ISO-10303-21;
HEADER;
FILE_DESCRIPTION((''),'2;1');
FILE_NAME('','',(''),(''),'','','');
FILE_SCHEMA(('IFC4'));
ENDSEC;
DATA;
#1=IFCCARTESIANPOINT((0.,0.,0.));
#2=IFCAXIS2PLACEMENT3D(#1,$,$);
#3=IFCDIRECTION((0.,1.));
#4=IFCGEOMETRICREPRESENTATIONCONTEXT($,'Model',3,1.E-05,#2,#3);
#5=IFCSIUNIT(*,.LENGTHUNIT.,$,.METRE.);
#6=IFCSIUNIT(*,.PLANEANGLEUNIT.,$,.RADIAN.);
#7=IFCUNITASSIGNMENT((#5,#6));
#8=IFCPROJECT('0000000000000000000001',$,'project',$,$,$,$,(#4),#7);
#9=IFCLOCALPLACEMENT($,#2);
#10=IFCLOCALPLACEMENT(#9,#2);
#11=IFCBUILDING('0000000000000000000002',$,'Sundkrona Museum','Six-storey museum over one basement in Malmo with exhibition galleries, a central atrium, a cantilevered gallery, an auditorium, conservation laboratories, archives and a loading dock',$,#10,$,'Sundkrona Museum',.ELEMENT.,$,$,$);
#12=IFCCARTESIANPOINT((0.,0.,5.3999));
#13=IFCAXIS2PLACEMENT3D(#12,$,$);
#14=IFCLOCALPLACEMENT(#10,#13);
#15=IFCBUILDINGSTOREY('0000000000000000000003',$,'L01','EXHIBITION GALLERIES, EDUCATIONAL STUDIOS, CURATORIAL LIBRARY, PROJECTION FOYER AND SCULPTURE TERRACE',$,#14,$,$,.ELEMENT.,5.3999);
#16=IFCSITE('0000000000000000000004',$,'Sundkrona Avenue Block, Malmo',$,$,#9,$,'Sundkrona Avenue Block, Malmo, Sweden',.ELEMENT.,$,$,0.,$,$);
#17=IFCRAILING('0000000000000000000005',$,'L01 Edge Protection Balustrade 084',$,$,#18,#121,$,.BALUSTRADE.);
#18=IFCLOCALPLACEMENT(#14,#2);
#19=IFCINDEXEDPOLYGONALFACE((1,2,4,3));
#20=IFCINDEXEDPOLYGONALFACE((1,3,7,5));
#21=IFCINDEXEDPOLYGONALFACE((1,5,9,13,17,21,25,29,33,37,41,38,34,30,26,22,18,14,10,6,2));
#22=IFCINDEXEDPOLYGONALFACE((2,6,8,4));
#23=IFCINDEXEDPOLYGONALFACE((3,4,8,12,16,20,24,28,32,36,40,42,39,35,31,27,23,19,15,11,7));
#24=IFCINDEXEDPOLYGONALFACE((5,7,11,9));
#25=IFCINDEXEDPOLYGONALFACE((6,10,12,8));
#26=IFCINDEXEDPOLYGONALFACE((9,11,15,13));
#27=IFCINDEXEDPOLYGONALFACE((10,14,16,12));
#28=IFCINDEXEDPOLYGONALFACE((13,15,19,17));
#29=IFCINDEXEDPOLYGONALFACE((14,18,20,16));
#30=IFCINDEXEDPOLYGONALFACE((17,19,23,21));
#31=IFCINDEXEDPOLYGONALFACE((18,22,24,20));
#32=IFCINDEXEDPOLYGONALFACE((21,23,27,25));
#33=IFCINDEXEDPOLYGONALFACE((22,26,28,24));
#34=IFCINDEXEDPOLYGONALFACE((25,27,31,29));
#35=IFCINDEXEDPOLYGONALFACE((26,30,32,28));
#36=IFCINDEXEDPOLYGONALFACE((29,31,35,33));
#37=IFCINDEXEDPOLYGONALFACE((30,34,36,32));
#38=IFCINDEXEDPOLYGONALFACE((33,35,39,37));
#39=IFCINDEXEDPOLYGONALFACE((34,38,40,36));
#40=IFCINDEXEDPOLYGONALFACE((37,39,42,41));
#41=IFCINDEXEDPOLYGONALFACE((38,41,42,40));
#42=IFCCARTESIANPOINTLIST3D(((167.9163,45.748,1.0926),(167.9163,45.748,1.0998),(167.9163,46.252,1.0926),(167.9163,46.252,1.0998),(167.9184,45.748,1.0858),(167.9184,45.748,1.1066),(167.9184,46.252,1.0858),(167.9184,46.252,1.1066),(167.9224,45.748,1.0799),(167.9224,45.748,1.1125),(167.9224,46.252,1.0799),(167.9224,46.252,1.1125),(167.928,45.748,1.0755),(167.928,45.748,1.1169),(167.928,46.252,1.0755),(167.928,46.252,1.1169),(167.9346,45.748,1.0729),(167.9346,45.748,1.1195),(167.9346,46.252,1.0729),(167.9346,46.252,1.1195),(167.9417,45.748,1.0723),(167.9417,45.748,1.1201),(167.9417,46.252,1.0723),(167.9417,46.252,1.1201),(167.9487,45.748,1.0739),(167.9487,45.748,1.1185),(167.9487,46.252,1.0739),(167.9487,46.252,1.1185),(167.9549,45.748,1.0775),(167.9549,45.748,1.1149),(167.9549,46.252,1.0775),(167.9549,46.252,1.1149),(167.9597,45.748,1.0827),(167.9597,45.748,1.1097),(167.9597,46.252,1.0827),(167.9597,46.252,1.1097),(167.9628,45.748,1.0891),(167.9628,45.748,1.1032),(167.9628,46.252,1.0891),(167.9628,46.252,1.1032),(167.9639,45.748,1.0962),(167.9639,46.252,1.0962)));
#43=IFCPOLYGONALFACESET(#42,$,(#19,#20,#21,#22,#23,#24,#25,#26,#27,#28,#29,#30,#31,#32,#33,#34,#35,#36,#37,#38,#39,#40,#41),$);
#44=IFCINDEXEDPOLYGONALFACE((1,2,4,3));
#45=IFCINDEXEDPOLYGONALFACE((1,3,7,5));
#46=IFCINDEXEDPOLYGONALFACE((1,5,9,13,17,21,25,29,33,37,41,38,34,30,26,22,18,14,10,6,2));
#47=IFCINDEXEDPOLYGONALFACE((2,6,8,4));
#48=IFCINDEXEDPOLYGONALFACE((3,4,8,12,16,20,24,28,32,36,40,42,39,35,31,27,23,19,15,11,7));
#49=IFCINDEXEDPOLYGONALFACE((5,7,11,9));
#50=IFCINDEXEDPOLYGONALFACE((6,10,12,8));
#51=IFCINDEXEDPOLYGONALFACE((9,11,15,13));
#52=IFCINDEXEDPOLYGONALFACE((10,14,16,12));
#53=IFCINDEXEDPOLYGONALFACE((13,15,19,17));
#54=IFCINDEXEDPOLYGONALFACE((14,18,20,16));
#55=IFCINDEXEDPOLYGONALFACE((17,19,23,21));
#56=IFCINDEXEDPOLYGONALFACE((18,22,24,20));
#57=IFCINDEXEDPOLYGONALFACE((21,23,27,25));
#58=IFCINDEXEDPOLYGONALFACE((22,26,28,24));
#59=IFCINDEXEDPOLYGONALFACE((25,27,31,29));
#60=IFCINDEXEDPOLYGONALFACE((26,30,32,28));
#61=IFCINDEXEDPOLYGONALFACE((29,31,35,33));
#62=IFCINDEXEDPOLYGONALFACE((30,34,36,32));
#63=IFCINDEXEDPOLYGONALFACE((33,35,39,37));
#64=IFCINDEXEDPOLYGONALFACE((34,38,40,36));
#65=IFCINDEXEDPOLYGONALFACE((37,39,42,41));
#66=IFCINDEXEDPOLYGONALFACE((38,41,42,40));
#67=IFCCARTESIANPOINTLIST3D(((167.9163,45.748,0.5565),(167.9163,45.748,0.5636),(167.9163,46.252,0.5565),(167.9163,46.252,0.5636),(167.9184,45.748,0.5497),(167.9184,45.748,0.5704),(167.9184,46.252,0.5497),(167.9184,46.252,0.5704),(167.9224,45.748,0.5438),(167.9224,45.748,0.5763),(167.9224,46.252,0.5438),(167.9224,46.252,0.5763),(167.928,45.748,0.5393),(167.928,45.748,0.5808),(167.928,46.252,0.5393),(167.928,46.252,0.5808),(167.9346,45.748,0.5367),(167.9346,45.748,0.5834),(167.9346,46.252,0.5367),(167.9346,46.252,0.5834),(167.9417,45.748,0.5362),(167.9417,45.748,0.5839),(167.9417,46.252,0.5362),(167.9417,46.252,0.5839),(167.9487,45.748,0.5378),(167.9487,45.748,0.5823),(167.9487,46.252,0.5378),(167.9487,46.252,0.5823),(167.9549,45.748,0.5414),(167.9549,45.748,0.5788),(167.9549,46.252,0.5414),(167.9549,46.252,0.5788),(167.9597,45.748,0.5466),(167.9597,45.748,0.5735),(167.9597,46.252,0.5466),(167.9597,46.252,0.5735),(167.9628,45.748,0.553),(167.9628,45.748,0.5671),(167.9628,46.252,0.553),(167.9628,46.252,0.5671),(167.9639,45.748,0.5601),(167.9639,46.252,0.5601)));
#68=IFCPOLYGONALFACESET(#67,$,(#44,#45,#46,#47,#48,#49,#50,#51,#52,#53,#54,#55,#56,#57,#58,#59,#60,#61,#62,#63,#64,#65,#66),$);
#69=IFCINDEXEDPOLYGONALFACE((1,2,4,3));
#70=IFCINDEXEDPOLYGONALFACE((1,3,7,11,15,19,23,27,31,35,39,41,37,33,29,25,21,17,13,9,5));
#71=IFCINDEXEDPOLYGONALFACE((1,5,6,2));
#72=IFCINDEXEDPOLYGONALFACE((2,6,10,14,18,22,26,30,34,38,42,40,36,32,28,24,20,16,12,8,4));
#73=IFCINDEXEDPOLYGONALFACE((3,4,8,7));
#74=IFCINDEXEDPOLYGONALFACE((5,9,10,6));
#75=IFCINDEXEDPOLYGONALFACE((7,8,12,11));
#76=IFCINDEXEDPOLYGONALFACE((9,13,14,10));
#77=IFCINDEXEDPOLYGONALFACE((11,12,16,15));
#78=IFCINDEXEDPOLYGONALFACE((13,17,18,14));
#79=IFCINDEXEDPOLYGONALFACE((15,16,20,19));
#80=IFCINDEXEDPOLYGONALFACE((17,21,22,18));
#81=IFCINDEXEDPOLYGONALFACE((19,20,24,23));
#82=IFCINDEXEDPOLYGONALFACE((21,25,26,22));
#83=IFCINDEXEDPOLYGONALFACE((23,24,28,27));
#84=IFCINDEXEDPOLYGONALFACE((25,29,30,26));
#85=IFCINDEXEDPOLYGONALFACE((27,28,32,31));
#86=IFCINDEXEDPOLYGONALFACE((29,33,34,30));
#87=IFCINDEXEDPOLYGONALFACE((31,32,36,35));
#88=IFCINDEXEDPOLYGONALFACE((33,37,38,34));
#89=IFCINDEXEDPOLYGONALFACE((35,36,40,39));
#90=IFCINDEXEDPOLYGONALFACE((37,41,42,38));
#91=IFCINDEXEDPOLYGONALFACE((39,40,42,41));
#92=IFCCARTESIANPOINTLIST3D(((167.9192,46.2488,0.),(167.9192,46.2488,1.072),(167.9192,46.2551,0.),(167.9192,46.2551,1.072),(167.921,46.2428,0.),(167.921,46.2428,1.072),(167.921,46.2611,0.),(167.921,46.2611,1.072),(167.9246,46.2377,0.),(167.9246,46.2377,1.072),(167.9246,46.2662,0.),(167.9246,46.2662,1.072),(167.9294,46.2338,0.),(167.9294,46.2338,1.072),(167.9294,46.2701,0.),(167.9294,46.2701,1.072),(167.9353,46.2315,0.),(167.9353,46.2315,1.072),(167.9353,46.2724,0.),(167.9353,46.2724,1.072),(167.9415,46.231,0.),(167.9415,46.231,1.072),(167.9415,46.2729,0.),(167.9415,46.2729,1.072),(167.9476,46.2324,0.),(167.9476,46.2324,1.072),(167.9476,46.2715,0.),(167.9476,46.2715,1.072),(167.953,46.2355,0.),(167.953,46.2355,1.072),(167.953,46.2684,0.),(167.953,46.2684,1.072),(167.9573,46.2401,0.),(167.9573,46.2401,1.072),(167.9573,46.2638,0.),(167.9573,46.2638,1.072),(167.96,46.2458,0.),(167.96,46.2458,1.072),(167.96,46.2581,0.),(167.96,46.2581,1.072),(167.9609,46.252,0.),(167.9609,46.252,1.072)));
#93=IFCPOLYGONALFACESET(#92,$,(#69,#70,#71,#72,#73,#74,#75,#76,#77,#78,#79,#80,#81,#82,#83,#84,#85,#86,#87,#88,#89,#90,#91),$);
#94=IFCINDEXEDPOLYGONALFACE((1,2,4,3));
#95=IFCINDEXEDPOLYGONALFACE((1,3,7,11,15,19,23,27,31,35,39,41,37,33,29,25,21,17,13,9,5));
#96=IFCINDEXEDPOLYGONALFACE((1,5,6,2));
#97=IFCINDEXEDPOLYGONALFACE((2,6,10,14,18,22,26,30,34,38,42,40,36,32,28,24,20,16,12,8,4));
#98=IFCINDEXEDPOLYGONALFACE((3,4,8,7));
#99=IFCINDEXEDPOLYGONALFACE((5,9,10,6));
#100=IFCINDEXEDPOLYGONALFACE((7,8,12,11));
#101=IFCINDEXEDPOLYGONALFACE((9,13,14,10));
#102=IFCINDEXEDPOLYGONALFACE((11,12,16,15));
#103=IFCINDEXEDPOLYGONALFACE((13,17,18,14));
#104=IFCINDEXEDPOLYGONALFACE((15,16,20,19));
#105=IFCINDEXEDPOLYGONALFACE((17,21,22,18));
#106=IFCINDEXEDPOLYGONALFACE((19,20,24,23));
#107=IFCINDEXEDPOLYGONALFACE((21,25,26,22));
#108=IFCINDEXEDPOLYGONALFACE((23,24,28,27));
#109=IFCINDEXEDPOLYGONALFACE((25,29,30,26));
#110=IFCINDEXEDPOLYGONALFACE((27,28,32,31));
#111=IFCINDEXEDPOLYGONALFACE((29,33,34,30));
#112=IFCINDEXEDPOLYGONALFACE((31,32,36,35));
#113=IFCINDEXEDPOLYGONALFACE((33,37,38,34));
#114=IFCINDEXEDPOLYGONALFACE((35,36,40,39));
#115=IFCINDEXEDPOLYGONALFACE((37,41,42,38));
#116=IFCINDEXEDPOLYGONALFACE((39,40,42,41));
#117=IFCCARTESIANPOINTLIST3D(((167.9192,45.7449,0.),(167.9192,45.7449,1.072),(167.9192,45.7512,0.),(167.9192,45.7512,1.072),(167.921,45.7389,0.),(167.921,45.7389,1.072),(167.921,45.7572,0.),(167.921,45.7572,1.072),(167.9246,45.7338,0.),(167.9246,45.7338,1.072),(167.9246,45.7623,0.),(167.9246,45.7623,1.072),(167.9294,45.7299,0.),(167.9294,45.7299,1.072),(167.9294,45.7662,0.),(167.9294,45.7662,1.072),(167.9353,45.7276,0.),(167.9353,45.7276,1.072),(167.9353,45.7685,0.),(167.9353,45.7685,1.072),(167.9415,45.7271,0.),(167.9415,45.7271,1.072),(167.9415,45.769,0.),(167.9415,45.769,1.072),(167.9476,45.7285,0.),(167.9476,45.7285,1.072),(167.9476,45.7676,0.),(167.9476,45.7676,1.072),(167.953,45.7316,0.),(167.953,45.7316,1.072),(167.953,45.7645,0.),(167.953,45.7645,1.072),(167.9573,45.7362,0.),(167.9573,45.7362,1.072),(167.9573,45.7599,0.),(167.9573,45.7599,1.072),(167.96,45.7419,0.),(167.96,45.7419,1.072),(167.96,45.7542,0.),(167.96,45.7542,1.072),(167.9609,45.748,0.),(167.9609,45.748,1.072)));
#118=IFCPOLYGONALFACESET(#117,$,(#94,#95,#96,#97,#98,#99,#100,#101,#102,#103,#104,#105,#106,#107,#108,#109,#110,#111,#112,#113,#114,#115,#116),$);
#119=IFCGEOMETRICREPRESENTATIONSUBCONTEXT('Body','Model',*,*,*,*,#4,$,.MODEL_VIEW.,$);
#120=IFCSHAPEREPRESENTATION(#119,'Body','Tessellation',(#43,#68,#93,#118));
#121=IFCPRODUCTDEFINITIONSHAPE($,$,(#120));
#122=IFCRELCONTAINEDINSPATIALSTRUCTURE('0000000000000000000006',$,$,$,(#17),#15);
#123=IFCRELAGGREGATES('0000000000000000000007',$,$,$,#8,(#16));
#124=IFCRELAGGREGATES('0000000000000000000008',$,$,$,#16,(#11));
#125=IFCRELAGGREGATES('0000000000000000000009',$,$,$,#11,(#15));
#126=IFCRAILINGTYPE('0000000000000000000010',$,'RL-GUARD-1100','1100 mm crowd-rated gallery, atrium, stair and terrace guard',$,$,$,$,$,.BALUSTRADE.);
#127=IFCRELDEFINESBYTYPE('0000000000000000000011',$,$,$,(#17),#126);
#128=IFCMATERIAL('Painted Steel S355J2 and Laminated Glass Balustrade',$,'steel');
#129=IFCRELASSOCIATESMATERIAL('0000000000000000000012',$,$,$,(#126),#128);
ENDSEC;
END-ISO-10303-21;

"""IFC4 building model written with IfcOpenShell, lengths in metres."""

from ifc_helpers import new_model, si_unit, direction, frame, origin, origin_2d, place, context, subcontext, project, spatial, circle, extrude, material, type_object, element, save


model = new_model("IFC4")

# Units and contexts
model_context = context("Model", 3, precision=1e-05, world=origin(), true_north=direction((0.0, 1.0)))
body_context = subcontext(model_context, "Body", "Model", "MODEL_VIEW")
ifc_project = project(units=[si_unit("LENGTHUNIT", "METRE"), si_unit("PLANEANGLEUNIT", "RADIAN")], contexts=[model_context])

# Site, building, storey
site_placement = place(None, origin())
site = spatial("IfcSite", under=ifc_project, at=site_placement, Name="Sundkrona Avenue Block, Malmo", LongName="Sundkrona Avenue Block, Malmo, Sweden", CompositionType="ELEMENT", RefElevation=0.0)
building_placement = place(site_placement, origin())
building = spatial("IfcBuilding", under=site, at=building_placement, Name="Sundkrona Museum", Description="Six-storey museum over one basement in Malmo with exhibition galleries, a central atrium, a cantilevered gallery, an auditorium, conservation laboratories, archives and a loading dock", LongName="Sundkrona Museum", CompositionType="ELEMENT")
storey_placement = place(building_placement, frame((0.0, 0.0, 5.3999)))
storey = spatial("IfcBuildingStorey", under=building, at=storey_placement, Name="L01", Description="EXHIBITION GALLERIES, EDUCATIONAL STUDIOS, CURATORIAL LIBRARY, PROJECTION FOYER AND SCULPTURE TERRACE", CompositionType="ELEMENT", Elevation=5.3999)

# Railing
ifc_material_1 = material(Name="Painted Steel S355J2 and Laminated Glass Balustrade", Category="steel")
railing_type = type_object("IfcRailingType", Name="RL-GUARD-1100", Description="1100 mm crowd-rated gallery, atrium, stair and terrace guard", PredefinedType="BALUSTRADE", material=ifc_material_1)
railing_1_placement = place(storey_placement, frame((167.9399, 46.252, 0.0)))
element("IfcRailing", 1, at=railing_1_placement, inside=storey, type_object=railing_type, Name="L01 Edge Protection Balustrade 084", PredefinedType="BALUSTRADE", context=body_context, shape_type="SweptSolid", body=[
    extrude(circle(Radius=0.0239, at=origin_2d()), frame((0.0, 0.0, 1.0962), z_axis=(0.0, -1.0, 0.0), x_axis=(1.0, 0.0, 0.0)), (0.0, 0.0, 1.0), 0.5039),
    extrude(circle(Radius=0.0239, at=origin_2d()), frame((0.0, 0.0, 0.5601), z_axis=(0.0, -1.0, 0.0), x_axis=(1.0, 0.0, 0.0)), (0.0, 0.0, 1.0), 0.5039),
    extrude(circle(Radius=0.021, at=origin_2d()), origin(), (0.0, 0.0, 1.0), 1.072),
    extrude(circle(Radius=0.021, at=origin_2d()), frame((0.0, -0.5039, 0.0)), (0.0, 0.0, 1.0), 1.072),
])

save(model, "model.ifc")
